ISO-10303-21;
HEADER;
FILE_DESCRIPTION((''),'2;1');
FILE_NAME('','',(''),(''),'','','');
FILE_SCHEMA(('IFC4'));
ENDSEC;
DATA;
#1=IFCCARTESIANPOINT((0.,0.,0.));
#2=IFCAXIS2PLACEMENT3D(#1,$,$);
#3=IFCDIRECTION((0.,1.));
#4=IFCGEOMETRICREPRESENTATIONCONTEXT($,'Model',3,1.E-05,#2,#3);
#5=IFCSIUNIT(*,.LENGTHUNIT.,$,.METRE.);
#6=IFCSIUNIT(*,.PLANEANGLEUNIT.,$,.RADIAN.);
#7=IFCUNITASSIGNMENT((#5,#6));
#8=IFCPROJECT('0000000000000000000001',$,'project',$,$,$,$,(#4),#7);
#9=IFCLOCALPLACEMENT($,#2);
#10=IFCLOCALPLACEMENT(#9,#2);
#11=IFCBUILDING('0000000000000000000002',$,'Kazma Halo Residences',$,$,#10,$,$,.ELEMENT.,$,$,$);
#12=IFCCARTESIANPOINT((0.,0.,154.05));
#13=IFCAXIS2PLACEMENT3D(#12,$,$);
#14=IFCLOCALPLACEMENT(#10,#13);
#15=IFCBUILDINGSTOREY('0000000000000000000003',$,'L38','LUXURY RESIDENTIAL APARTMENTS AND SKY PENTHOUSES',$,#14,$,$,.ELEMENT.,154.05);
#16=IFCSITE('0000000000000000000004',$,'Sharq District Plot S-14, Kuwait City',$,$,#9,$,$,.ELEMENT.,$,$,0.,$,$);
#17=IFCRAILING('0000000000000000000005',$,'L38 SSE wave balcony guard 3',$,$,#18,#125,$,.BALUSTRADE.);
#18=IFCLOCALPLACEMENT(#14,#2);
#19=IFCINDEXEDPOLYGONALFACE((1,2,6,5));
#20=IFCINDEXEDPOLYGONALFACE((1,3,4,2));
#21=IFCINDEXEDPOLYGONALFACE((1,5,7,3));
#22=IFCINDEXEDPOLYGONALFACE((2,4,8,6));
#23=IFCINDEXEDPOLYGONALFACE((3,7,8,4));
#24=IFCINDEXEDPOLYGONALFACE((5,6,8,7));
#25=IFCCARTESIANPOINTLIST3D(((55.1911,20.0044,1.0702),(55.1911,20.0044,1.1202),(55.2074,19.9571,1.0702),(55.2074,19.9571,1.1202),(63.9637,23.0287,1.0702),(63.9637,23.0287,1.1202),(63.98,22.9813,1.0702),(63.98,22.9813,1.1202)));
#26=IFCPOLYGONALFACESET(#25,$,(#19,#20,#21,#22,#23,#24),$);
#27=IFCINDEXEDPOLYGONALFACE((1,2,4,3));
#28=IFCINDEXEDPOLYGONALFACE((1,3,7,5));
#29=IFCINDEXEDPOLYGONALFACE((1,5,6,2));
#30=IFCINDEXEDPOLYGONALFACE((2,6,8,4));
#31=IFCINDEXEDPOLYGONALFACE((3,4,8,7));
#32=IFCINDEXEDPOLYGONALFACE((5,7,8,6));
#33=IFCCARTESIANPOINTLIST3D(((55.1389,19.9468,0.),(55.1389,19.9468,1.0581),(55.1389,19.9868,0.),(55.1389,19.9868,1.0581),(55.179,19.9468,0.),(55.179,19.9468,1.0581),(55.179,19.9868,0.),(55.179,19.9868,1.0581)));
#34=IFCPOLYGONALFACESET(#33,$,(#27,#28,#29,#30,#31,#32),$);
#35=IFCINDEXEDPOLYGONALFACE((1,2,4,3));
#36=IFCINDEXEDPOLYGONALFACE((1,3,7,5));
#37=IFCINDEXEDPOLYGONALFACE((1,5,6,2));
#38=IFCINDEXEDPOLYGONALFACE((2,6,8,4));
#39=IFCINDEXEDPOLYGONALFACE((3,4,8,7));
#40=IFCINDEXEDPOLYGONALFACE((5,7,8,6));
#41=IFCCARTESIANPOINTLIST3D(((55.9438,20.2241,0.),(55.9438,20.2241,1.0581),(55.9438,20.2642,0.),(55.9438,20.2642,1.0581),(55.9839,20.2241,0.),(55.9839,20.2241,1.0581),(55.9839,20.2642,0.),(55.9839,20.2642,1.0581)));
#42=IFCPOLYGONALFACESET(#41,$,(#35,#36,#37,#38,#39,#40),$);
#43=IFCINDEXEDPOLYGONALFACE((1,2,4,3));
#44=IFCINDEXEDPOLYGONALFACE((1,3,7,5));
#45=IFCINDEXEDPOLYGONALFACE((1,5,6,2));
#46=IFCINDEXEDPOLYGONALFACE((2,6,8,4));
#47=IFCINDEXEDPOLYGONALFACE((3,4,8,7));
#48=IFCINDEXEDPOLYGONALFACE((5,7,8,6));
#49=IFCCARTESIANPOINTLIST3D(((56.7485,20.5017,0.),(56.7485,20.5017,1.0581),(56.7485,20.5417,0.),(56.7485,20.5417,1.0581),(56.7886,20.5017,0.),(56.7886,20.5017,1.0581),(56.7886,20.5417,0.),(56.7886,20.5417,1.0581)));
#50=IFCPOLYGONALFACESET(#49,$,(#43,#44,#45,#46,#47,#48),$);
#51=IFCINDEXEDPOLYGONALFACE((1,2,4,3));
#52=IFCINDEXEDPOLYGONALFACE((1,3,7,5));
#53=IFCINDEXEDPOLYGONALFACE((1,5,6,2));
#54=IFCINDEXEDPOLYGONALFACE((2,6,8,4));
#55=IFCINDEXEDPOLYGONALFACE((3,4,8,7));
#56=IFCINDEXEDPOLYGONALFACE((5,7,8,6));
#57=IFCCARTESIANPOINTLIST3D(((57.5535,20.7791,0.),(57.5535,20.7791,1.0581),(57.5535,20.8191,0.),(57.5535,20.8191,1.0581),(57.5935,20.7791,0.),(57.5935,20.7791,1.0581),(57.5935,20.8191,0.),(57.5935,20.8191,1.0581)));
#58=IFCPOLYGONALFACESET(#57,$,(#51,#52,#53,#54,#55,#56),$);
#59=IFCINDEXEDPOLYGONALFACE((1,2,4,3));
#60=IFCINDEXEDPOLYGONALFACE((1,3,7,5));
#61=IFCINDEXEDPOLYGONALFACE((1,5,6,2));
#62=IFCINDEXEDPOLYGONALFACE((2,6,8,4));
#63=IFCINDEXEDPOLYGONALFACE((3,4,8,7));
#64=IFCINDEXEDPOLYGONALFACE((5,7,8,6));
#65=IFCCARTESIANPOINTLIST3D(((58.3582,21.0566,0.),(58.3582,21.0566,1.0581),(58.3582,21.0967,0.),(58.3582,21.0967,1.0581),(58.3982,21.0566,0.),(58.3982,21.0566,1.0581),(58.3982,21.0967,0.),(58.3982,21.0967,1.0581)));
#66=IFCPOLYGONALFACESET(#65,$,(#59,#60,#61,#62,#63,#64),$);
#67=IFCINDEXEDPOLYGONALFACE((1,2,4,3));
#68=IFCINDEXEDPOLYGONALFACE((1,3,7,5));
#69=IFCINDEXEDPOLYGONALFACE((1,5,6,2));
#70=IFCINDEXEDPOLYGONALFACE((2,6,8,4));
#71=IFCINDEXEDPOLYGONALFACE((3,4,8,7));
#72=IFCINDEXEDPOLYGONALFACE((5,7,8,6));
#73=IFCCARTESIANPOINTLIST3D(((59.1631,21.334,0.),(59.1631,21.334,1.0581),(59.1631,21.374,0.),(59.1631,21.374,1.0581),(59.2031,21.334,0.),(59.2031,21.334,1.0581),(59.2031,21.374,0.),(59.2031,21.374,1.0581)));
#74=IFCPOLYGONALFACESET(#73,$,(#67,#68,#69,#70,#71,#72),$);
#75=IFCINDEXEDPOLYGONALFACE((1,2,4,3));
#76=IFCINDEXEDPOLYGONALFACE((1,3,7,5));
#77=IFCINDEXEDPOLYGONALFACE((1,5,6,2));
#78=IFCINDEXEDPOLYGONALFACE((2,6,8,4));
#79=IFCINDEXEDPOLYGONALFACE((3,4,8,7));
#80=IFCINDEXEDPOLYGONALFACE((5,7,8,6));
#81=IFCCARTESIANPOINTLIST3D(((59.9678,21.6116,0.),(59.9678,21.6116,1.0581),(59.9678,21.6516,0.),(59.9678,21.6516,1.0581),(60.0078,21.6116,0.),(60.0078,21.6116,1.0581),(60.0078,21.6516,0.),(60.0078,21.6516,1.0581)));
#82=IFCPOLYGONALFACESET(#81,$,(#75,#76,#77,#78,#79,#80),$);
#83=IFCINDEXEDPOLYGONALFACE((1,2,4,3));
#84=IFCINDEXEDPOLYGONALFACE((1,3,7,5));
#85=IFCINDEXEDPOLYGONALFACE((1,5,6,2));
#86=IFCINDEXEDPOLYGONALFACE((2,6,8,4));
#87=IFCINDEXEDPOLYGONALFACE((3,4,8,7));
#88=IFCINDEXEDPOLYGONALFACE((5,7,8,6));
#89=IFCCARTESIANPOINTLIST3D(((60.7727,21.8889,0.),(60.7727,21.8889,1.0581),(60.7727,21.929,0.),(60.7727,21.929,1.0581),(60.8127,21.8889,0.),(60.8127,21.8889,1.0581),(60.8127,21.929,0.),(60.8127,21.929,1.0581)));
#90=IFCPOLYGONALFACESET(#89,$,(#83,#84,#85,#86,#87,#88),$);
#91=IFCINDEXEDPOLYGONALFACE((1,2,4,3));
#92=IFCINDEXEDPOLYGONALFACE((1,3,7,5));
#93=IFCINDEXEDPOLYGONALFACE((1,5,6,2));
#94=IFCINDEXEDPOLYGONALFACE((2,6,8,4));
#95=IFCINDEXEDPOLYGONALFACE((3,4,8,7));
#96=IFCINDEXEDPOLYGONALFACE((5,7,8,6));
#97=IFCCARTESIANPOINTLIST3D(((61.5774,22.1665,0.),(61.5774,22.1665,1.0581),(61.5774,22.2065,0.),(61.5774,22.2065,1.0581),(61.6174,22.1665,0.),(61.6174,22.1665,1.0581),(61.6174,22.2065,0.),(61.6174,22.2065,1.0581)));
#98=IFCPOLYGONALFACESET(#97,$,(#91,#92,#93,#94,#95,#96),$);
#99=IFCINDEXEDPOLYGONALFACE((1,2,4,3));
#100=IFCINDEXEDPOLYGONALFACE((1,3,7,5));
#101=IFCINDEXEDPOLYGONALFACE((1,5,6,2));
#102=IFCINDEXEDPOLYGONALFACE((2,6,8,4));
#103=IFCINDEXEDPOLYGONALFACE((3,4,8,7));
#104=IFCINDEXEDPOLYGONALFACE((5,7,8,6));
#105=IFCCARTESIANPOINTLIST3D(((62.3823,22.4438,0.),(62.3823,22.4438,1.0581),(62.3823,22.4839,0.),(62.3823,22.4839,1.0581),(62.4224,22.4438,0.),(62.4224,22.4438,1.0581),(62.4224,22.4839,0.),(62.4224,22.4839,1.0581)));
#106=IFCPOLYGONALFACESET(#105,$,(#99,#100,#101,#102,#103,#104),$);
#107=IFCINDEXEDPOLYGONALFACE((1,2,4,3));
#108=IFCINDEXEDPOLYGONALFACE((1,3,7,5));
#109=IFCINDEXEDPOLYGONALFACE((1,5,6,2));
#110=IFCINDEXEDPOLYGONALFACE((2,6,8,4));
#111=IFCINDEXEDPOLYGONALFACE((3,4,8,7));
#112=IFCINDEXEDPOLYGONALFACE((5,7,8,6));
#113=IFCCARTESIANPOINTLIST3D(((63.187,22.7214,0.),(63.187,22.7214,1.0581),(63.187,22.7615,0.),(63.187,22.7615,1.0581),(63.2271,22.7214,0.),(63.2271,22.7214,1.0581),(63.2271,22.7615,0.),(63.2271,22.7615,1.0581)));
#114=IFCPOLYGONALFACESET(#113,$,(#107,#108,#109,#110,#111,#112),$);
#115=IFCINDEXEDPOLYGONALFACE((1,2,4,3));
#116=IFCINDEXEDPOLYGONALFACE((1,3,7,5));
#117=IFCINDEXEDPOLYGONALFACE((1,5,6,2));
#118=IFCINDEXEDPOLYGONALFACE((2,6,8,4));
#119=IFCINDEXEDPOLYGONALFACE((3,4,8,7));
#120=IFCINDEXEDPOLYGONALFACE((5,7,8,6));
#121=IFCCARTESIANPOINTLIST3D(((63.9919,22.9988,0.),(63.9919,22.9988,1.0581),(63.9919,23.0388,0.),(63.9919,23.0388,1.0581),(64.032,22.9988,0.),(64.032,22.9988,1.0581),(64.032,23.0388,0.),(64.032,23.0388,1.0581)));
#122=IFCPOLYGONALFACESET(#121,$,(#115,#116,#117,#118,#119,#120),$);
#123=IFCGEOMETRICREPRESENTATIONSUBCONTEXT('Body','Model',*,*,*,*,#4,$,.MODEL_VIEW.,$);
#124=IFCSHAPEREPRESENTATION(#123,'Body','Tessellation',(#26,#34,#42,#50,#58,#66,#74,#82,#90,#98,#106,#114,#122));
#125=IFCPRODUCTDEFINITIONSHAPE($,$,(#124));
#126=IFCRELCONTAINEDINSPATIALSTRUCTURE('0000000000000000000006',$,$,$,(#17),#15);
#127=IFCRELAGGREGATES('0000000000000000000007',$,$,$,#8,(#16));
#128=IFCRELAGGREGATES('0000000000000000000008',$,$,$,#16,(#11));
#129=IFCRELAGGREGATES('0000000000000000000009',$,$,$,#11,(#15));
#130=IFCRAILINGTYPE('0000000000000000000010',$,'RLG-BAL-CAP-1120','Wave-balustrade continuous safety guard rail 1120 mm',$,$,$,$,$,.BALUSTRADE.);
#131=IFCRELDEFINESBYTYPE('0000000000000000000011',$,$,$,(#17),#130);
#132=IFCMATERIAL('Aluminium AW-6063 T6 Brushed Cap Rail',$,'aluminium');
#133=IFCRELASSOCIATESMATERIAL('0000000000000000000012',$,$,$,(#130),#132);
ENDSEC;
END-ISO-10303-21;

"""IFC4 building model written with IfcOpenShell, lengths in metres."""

from ifc_helpers import new_model, si_unit, direction, frame, origin, origin_2d, place, context, subcontext, project, spatial, rectangle, extrude, material, type_object, element, save


model = new_model("IFC4")

# Units and contexts
model_context = context("Model", 3, precision=1e-05, world=origin(), true_north=direction((0.0, 1.0)))
body_context = subcontext(model_context, "Body", "Model", "MODEL_VIEW")
ifc_project = project(units=[si_unit("LENGTHUNIT", "METRE"), si_unit("PLANEANGLEUNIT", "RADIAN")], contexts=[model_context])

# Site, building, storey
site_placement = place(None, origin())
site = spatial("IfcSite", under=ifc_project, at=site_placement, Name="Sharq District Plot S-14, Kuwait City", CompositionType="ELEMENT", RefElevation=0.0)
building_placement = place(site_placement, origin())
building = spatial("IfcBuilding", under=site, at=building_placement, Name="Kazma Halo Residences", CompositionType="ELEMENT")
storey_placement = place(building_placement, frame((0.0, 0.0, 154.05)))
storey = spatial("IfcBuildingStorey", under=building, at=storey_placement, Name="L38", Description="LUXURY RESIDENTIAL APARTMENTS AND SKY PENTHOUSES", CompositionType="ELEMENT", Elevation=154.05)

# Railing
ifc_material_1 = material(Name="Aluminium AW-6063 T6 Brushed Cap Rail", Category="aluminium")
railing_type = type_object("IfcRailingType", Name="RLG-BAL-CAP-1120", Description="Wave-balustrade continuous safety guard rail 1120 mm", PredefinedType="BALUSTRADE", material=ifc_material_1)
railing_placement = place(storey_placement, frame((55.1589, 19.9668, 0.0)))
element("IfcRailing", 1, at=railing_placement, inside=storey, type_object=railing_type, Name="L38 SSE wave balcony guard 3", PredefinedType="BALUSTRADE", context=body_context, shape_type="SweptSolid", body=[
    extrude(rectangle(XDim=0.05, YDim=0.05, at=origin_2d()), frame((0.0403, 0.0139, 1.0952), z_axis=(0.945398, 0.325918, 0.0), x_axis=(-0.325918, 0.945398, 0.0)), (0.0, 0.0, 1.0), 9.2793),
    extrude(rectangle(XDim=0.04, YDim=0.04, at=origin_2d()), origin(), (0.0, 0.0, 1.0), 1.0581),
    extrude(rectangle(XDim=0.04, YDim=0.04, at=origin_2d()), frame((0.8049, 0.2773, 0.0)), (0.0, 0.0, 1.0), 1.0581),
    extrude(rectangle(XDim=0.04, YDim=0.04, at=origin_2d()), frame((1.6096, 0.5549, 0.0)), (0.0, 0.0, 1.0), 1.0581),
    extrude(rectangle(XDim=0.04, YDim=0.04, at=origin_2d()), frame((2.4146, 0.8323, 0.0)), (0.0, 0.0, 1.0), 1.0581),
    extrude(rectangle(XDim=0.04, YDim=0.04, at=origin_2d()), frame((3.2192, 1.1099, 0.0)), (0.0, 0.0, 1.0), 1.0581),
    extrude(rectangle(XDim=0.04, YDim=0.04, at=origin_2d()), frame((4.0242, 1.3872, 0.0)), (0.0, 0.0, 1.0), 1.0581),
    extrude(rectangle(XDim=0.04, YDim=0.04, at=origin_2d()), frame((4.8289, 1.6648, 0.0)), (0.0, 0.0, 1.0), 1.0581),
    extrude(rectangle(XDim=0.04, YDim=0.04, at=origin_2d()), frame((5.6338, 1.9421, 0.0)), (0.0, 0.0, 1.0), 1.0581),
    extrude(rectangle(XDim=0.04, YDim=0.04, at=origin_2d()), frame((6.4385, 2.2197, 0.0)), (0.0, 0.0, 1.0), 1.0581),
    extrude(rectangle(XDim=0.04, YDim=0.04, at=origin_2d()), frame((7.2434, 2.4971, 0.0)), (0.0, 0.0, 1.0), 1.0581),
    extrude(rectangle(XDim=0.04, YDim=0.04, at=origin_2d()), frame((8.0481, 2.7747, 0.0)), (0.0, 0.0, 1.0), 1.0581),
    extrude(rectangle(XDim=0.04, YDim=0.04, at=origin_2d()), frame((8.853, 3.052, 0.0)), (0.0, 0.0, 1.0), 1.0581),
])

save(model, "model.ifc")
